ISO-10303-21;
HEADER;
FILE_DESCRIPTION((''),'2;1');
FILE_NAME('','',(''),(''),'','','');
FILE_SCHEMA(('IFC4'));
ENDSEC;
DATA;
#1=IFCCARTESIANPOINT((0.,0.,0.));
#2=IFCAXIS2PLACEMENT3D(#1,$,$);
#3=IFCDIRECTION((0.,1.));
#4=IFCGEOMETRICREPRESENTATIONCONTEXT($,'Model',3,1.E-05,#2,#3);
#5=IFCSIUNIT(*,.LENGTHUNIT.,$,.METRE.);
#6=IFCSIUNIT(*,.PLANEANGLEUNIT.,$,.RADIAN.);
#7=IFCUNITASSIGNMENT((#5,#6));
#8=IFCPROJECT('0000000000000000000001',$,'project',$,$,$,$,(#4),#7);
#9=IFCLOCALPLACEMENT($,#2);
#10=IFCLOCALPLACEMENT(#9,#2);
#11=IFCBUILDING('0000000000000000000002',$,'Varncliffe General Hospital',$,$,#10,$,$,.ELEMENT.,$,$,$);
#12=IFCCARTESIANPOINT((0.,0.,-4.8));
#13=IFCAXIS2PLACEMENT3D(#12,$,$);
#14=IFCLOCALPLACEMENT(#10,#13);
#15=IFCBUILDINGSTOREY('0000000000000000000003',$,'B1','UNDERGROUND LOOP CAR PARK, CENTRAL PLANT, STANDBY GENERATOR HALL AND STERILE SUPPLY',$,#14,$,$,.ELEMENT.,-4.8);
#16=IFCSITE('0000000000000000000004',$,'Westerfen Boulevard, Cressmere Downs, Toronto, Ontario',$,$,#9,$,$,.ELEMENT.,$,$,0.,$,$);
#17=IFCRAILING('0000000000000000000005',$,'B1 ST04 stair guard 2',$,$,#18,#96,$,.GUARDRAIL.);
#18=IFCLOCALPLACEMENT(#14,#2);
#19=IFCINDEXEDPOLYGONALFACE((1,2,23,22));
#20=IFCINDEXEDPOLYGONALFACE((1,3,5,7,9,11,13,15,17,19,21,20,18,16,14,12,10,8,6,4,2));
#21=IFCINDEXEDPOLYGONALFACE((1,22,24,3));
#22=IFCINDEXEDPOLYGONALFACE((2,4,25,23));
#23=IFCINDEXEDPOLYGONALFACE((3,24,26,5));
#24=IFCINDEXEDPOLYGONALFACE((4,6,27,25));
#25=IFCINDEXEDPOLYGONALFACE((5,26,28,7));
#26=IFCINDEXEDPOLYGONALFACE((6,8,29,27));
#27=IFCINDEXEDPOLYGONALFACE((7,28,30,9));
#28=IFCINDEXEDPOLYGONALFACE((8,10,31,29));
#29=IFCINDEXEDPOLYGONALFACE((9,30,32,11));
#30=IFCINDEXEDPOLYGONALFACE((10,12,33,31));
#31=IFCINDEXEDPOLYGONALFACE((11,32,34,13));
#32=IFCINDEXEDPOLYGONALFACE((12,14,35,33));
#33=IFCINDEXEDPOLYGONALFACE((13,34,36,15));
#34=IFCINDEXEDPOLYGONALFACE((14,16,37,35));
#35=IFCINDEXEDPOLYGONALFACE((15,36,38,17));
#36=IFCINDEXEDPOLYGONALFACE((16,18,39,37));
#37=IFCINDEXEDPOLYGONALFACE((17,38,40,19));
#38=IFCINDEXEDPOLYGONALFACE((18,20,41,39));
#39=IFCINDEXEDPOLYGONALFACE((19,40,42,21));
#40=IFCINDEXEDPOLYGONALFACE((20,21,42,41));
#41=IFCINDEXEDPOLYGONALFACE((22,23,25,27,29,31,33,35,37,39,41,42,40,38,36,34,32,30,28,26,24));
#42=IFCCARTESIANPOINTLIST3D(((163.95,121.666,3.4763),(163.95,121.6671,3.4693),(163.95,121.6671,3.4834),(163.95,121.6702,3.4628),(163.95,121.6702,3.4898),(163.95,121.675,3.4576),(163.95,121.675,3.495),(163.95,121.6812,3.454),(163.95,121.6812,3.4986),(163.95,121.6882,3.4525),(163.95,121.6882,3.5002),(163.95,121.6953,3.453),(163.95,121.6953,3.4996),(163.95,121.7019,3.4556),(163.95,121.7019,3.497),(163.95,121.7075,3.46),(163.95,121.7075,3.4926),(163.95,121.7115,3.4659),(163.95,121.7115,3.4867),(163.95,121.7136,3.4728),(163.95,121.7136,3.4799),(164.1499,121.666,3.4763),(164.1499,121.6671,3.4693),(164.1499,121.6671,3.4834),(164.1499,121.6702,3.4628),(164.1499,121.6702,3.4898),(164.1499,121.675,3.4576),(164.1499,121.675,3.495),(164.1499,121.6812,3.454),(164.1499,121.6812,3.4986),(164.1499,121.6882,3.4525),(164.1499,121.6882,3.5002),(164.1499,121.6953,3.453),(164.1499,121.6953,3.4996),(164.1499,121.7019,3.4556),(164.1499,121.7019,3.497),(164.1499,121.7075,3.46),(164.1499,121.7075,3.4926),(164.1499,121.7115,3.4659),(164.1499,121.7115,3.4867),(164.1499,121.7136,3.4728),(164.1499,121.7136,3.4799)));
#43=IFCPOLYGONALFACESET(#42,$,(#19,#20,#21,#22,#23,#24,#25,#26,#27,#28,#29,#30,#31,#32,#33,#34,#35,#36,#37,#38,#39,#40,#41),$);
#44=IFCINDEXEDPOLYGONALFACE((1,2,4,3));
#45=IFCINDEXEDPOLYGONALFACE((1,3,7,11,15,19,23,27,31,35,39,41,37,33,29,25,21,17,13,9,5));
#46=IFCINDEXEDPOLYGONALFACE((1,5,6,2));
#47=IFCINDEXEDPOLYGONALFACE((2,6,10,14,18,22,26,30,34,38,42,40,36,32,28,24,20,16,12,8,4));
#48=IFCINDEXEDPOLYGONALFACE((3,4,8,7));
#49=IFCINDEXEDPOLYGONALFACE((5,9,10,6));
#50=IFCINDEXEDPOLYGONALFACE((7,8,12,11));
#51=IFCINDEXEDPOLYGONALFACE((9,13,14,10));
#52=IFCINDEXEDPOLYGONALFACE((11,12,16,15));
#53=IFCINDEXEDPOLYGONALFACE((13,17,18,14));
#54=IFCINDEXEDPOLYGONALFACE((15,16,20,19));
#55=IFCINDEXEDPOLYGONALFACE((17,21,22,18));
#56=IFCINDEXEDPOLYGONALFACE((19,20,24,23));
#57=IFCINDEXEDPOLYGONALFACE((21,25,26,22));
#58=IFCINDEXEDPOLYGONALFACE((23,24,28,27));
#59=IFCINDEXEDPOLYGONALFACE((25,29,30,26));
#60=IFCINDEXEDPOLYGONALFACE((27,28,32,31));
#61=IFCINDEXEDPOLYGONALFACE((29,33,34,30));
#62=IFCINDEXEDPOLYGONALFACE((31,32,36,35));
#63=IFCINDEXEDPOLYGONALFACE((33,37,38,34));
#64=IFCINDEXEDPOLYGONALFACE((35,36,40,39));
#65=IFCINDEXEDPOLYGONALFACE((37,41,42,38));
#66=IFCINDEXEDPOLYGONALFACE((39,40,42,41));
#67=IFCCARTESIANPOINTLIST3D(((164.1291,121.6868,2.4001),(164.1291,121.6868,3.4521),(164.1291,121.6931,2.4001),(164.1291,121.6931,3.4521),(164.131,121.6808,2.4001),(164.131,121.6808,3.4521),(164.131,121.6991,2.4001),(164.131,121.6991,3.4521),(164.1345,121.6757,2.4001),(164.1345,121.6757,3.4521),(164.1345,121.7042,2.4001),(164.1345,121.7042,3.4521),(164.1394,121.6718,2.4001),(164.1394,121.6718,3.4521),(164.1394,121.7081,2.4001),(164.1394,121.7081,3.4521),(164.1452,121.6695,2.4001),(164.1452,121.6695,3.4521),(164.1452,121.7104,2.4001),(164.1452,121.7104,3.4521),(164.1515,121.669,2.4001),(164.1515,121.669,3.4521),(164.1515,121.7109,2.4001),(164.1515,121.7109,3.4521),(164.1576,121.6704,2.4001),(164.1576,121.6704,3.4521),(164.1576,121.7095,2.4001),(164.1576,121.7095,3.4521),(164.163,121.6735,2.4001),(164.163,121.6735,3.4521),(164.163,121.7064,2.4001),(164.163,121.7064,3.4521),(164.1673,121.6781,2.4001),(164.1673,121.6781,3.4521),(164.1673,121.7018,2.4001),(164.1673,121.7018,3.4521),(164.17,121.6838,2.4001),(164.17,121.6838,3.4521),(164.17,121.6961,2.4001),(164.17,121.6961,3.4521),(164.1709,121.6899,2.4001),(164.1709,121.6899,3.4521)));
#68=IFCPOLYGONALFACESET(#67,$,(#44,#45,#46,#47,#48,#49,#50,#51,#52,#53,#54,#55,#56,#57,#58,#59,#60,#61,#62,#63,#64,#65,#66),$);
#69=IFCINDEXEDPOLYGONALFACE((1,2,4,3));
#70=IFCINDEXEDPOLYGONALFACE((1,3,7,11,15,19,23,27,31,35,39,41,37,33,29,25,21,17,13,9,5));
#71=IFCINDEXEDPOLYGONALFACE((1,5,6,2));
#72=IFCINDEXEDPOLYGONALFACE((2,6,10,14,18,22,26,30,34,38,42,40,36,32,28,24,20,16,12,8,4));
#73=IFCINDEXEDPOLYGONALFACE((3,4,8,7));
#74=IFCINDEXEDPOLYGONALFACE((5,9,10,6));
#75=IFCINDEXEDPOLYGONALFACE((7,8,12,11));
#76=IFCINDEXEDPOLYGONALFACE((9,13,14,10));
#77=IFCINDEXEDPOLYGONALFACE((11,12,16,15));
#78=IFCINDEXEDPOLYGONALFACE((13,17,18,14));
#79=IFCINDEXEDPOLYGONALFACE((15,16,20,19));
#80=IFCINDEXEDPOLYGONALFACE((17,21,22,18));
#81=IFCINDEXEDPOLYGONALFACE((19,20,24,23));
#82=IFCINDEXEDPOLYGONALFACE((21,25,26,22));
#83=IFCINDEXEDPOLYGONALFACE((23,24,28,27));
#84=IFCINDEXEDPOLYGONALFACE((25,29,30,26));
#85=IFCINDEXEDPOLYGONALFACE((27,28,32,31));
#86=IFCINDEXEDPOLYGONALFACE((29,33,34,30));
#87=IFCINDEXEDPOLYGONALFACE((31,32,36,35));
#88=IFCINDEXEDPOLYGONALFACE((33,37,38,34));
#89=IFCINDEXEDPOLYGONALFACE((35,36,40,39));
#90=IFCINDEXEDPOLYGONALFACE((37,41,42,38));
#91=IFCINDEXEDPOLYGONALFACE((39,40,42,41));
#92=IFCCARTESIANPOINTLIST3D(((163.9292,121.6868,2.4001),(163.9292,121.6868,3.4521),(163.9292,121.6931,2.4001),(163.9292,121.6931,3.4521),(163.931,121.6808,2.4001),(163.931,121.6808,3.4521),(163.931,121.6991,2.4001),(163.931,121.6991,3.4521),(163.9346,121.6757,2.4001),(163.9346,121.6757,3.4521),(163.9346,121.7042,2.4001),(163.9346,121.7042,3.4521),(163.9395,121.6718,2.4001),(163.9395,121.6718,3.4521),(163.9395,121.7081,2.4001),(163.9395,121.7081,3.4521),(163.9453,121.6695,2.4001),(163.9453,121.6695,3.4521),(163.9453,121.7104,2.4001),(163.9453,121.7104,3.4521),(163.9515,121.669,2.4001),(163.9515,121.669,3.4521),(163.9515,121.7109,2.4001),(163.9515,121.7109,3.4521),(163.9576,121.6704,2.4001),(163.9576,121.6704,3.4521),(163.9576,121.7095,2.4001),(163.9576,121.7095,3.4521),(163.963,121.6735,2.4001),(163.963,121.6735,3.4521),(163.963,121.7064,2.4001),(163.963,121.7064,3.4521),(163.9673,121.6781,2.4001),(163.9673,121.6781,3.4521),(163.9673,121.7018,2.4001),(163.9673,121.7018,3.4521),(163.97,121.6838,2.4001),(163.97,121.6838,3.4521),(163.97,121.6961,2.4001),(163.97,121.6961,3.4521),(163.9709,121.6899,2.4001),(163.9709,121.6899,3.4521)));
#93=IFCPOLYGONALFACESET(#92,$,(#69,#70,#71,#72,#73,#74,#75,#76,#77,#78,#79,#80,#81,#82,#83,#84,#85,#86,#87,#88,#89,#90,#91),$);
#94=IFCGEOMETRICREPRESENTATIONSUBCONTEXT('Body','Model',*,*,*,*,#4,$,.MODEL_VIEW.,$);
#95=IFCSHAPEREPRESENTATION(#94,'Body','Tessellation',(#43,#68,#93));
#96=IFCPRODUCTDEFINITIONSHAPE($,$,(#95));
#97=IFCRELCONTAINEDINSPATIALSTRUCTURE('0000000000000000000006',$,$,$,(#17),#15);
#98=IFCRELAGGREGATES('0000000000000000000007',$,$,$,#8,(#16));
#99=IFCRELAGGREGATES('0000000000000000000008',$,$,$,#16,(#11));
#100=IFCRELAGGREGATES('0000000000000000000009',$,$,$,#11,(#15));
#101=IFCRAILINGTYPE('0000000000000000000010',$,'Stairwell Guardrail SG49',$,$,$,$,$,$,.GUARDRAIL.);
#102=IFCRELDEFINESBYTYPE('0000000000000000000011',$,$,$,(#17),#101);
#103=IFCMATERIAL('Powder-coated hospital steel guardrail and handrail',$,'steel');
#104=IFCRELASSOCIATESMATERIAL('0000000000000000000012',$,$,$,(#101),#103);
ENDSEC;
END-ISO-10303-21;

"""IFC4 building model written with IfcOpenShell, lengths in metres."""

from ifc_helpers import new_model, si_unit, direction, frame, origin, origin_2d, place, context, subcontext, project, spatial, circle, extrude, material, type_object, element, save


model = new_model("IFC4")

# Units and contexts
model_context = context("Model", 3, precision=1e-05, world=origin(), true_north=direction((0.0, 1.0)))
body_context = subcontext(model_context, "Body", "Model", "MODEL_VIEW")
ifc_project = project(units=[si_unit("LENGTHUNIT", "METRE"), si_unit("PLANEANGLEUNIT", "RADIAN")], contexts=[model_context])

# Site, building, storey
site_placement = place(None, origin())
site = spatial("IfcSite", under=ifc_project, at=site_placement, Name="Westerfen Boulevard, Cressmere Downs, Toronto, Ontario", CompositionType="ELEMENT", RefElevation=0.0)
building_placement = place(site_placement, origin())
building = spatial("IfcBuilding", under=site, at=building_placement, Name="Varncliffe General Hospital", CompositionType="ELEMENT")
storey_placement = place(building_placement, frame((0.0, 0.0, -4.8)))
storey = spatial("IfcBuildingStorey", under=building, at=storey_placement, Name="B1", Description="UNDERGROUND LOOP CAR PARK, CENTRAL PLANT, STANDBY GENERATOR HALL AND STERILE SUPPLY", CompositionType="ELEMENT", Elevation=-4.8)

# Railing
ifc_material_1 = material(Name="Powder-coated hospital steel guardrail and handrail", Category="steel")
railing_type_1 = type_object("IfcRailingType", Name="Stairwell Guardrail SG49", PredefinedType="GUARDRAIL", material=ifc_material_1)
railing_1_placement = place(storey_placement, frame((164.1499, 121.6899, 2.4001)))
element("IfcRailing", 1, at=railing_1_placement, inside=storey, type_object=railing_type_1, Name="B1 ST04 stair guard 2", PredefinedType="GUARDRAIL", context=body_context, shape_type="SweptSolid", body=[
    extrude(circle(Radius=0.0239, at=origin_2d()), frame((0.0, 0.0, 1.0762), z_axis=(-1.0, 0.0, 0.0), x_axis=(0.0, -1.0, 0.0)), (0.0, 0.0, 1.0), 0.2),
    extrude(circle(Radius=0.021, at=origin_2d()), origin(), (0.0, 0.0, 1.0), 1.052),
    extrude(circle(Radius=0.021, at=origin_2d()), frame((-0.2, 0.0, 0.0)), (0.0, 0.0, 1.0), 1.052),
])

save(model, "model.ifc")
